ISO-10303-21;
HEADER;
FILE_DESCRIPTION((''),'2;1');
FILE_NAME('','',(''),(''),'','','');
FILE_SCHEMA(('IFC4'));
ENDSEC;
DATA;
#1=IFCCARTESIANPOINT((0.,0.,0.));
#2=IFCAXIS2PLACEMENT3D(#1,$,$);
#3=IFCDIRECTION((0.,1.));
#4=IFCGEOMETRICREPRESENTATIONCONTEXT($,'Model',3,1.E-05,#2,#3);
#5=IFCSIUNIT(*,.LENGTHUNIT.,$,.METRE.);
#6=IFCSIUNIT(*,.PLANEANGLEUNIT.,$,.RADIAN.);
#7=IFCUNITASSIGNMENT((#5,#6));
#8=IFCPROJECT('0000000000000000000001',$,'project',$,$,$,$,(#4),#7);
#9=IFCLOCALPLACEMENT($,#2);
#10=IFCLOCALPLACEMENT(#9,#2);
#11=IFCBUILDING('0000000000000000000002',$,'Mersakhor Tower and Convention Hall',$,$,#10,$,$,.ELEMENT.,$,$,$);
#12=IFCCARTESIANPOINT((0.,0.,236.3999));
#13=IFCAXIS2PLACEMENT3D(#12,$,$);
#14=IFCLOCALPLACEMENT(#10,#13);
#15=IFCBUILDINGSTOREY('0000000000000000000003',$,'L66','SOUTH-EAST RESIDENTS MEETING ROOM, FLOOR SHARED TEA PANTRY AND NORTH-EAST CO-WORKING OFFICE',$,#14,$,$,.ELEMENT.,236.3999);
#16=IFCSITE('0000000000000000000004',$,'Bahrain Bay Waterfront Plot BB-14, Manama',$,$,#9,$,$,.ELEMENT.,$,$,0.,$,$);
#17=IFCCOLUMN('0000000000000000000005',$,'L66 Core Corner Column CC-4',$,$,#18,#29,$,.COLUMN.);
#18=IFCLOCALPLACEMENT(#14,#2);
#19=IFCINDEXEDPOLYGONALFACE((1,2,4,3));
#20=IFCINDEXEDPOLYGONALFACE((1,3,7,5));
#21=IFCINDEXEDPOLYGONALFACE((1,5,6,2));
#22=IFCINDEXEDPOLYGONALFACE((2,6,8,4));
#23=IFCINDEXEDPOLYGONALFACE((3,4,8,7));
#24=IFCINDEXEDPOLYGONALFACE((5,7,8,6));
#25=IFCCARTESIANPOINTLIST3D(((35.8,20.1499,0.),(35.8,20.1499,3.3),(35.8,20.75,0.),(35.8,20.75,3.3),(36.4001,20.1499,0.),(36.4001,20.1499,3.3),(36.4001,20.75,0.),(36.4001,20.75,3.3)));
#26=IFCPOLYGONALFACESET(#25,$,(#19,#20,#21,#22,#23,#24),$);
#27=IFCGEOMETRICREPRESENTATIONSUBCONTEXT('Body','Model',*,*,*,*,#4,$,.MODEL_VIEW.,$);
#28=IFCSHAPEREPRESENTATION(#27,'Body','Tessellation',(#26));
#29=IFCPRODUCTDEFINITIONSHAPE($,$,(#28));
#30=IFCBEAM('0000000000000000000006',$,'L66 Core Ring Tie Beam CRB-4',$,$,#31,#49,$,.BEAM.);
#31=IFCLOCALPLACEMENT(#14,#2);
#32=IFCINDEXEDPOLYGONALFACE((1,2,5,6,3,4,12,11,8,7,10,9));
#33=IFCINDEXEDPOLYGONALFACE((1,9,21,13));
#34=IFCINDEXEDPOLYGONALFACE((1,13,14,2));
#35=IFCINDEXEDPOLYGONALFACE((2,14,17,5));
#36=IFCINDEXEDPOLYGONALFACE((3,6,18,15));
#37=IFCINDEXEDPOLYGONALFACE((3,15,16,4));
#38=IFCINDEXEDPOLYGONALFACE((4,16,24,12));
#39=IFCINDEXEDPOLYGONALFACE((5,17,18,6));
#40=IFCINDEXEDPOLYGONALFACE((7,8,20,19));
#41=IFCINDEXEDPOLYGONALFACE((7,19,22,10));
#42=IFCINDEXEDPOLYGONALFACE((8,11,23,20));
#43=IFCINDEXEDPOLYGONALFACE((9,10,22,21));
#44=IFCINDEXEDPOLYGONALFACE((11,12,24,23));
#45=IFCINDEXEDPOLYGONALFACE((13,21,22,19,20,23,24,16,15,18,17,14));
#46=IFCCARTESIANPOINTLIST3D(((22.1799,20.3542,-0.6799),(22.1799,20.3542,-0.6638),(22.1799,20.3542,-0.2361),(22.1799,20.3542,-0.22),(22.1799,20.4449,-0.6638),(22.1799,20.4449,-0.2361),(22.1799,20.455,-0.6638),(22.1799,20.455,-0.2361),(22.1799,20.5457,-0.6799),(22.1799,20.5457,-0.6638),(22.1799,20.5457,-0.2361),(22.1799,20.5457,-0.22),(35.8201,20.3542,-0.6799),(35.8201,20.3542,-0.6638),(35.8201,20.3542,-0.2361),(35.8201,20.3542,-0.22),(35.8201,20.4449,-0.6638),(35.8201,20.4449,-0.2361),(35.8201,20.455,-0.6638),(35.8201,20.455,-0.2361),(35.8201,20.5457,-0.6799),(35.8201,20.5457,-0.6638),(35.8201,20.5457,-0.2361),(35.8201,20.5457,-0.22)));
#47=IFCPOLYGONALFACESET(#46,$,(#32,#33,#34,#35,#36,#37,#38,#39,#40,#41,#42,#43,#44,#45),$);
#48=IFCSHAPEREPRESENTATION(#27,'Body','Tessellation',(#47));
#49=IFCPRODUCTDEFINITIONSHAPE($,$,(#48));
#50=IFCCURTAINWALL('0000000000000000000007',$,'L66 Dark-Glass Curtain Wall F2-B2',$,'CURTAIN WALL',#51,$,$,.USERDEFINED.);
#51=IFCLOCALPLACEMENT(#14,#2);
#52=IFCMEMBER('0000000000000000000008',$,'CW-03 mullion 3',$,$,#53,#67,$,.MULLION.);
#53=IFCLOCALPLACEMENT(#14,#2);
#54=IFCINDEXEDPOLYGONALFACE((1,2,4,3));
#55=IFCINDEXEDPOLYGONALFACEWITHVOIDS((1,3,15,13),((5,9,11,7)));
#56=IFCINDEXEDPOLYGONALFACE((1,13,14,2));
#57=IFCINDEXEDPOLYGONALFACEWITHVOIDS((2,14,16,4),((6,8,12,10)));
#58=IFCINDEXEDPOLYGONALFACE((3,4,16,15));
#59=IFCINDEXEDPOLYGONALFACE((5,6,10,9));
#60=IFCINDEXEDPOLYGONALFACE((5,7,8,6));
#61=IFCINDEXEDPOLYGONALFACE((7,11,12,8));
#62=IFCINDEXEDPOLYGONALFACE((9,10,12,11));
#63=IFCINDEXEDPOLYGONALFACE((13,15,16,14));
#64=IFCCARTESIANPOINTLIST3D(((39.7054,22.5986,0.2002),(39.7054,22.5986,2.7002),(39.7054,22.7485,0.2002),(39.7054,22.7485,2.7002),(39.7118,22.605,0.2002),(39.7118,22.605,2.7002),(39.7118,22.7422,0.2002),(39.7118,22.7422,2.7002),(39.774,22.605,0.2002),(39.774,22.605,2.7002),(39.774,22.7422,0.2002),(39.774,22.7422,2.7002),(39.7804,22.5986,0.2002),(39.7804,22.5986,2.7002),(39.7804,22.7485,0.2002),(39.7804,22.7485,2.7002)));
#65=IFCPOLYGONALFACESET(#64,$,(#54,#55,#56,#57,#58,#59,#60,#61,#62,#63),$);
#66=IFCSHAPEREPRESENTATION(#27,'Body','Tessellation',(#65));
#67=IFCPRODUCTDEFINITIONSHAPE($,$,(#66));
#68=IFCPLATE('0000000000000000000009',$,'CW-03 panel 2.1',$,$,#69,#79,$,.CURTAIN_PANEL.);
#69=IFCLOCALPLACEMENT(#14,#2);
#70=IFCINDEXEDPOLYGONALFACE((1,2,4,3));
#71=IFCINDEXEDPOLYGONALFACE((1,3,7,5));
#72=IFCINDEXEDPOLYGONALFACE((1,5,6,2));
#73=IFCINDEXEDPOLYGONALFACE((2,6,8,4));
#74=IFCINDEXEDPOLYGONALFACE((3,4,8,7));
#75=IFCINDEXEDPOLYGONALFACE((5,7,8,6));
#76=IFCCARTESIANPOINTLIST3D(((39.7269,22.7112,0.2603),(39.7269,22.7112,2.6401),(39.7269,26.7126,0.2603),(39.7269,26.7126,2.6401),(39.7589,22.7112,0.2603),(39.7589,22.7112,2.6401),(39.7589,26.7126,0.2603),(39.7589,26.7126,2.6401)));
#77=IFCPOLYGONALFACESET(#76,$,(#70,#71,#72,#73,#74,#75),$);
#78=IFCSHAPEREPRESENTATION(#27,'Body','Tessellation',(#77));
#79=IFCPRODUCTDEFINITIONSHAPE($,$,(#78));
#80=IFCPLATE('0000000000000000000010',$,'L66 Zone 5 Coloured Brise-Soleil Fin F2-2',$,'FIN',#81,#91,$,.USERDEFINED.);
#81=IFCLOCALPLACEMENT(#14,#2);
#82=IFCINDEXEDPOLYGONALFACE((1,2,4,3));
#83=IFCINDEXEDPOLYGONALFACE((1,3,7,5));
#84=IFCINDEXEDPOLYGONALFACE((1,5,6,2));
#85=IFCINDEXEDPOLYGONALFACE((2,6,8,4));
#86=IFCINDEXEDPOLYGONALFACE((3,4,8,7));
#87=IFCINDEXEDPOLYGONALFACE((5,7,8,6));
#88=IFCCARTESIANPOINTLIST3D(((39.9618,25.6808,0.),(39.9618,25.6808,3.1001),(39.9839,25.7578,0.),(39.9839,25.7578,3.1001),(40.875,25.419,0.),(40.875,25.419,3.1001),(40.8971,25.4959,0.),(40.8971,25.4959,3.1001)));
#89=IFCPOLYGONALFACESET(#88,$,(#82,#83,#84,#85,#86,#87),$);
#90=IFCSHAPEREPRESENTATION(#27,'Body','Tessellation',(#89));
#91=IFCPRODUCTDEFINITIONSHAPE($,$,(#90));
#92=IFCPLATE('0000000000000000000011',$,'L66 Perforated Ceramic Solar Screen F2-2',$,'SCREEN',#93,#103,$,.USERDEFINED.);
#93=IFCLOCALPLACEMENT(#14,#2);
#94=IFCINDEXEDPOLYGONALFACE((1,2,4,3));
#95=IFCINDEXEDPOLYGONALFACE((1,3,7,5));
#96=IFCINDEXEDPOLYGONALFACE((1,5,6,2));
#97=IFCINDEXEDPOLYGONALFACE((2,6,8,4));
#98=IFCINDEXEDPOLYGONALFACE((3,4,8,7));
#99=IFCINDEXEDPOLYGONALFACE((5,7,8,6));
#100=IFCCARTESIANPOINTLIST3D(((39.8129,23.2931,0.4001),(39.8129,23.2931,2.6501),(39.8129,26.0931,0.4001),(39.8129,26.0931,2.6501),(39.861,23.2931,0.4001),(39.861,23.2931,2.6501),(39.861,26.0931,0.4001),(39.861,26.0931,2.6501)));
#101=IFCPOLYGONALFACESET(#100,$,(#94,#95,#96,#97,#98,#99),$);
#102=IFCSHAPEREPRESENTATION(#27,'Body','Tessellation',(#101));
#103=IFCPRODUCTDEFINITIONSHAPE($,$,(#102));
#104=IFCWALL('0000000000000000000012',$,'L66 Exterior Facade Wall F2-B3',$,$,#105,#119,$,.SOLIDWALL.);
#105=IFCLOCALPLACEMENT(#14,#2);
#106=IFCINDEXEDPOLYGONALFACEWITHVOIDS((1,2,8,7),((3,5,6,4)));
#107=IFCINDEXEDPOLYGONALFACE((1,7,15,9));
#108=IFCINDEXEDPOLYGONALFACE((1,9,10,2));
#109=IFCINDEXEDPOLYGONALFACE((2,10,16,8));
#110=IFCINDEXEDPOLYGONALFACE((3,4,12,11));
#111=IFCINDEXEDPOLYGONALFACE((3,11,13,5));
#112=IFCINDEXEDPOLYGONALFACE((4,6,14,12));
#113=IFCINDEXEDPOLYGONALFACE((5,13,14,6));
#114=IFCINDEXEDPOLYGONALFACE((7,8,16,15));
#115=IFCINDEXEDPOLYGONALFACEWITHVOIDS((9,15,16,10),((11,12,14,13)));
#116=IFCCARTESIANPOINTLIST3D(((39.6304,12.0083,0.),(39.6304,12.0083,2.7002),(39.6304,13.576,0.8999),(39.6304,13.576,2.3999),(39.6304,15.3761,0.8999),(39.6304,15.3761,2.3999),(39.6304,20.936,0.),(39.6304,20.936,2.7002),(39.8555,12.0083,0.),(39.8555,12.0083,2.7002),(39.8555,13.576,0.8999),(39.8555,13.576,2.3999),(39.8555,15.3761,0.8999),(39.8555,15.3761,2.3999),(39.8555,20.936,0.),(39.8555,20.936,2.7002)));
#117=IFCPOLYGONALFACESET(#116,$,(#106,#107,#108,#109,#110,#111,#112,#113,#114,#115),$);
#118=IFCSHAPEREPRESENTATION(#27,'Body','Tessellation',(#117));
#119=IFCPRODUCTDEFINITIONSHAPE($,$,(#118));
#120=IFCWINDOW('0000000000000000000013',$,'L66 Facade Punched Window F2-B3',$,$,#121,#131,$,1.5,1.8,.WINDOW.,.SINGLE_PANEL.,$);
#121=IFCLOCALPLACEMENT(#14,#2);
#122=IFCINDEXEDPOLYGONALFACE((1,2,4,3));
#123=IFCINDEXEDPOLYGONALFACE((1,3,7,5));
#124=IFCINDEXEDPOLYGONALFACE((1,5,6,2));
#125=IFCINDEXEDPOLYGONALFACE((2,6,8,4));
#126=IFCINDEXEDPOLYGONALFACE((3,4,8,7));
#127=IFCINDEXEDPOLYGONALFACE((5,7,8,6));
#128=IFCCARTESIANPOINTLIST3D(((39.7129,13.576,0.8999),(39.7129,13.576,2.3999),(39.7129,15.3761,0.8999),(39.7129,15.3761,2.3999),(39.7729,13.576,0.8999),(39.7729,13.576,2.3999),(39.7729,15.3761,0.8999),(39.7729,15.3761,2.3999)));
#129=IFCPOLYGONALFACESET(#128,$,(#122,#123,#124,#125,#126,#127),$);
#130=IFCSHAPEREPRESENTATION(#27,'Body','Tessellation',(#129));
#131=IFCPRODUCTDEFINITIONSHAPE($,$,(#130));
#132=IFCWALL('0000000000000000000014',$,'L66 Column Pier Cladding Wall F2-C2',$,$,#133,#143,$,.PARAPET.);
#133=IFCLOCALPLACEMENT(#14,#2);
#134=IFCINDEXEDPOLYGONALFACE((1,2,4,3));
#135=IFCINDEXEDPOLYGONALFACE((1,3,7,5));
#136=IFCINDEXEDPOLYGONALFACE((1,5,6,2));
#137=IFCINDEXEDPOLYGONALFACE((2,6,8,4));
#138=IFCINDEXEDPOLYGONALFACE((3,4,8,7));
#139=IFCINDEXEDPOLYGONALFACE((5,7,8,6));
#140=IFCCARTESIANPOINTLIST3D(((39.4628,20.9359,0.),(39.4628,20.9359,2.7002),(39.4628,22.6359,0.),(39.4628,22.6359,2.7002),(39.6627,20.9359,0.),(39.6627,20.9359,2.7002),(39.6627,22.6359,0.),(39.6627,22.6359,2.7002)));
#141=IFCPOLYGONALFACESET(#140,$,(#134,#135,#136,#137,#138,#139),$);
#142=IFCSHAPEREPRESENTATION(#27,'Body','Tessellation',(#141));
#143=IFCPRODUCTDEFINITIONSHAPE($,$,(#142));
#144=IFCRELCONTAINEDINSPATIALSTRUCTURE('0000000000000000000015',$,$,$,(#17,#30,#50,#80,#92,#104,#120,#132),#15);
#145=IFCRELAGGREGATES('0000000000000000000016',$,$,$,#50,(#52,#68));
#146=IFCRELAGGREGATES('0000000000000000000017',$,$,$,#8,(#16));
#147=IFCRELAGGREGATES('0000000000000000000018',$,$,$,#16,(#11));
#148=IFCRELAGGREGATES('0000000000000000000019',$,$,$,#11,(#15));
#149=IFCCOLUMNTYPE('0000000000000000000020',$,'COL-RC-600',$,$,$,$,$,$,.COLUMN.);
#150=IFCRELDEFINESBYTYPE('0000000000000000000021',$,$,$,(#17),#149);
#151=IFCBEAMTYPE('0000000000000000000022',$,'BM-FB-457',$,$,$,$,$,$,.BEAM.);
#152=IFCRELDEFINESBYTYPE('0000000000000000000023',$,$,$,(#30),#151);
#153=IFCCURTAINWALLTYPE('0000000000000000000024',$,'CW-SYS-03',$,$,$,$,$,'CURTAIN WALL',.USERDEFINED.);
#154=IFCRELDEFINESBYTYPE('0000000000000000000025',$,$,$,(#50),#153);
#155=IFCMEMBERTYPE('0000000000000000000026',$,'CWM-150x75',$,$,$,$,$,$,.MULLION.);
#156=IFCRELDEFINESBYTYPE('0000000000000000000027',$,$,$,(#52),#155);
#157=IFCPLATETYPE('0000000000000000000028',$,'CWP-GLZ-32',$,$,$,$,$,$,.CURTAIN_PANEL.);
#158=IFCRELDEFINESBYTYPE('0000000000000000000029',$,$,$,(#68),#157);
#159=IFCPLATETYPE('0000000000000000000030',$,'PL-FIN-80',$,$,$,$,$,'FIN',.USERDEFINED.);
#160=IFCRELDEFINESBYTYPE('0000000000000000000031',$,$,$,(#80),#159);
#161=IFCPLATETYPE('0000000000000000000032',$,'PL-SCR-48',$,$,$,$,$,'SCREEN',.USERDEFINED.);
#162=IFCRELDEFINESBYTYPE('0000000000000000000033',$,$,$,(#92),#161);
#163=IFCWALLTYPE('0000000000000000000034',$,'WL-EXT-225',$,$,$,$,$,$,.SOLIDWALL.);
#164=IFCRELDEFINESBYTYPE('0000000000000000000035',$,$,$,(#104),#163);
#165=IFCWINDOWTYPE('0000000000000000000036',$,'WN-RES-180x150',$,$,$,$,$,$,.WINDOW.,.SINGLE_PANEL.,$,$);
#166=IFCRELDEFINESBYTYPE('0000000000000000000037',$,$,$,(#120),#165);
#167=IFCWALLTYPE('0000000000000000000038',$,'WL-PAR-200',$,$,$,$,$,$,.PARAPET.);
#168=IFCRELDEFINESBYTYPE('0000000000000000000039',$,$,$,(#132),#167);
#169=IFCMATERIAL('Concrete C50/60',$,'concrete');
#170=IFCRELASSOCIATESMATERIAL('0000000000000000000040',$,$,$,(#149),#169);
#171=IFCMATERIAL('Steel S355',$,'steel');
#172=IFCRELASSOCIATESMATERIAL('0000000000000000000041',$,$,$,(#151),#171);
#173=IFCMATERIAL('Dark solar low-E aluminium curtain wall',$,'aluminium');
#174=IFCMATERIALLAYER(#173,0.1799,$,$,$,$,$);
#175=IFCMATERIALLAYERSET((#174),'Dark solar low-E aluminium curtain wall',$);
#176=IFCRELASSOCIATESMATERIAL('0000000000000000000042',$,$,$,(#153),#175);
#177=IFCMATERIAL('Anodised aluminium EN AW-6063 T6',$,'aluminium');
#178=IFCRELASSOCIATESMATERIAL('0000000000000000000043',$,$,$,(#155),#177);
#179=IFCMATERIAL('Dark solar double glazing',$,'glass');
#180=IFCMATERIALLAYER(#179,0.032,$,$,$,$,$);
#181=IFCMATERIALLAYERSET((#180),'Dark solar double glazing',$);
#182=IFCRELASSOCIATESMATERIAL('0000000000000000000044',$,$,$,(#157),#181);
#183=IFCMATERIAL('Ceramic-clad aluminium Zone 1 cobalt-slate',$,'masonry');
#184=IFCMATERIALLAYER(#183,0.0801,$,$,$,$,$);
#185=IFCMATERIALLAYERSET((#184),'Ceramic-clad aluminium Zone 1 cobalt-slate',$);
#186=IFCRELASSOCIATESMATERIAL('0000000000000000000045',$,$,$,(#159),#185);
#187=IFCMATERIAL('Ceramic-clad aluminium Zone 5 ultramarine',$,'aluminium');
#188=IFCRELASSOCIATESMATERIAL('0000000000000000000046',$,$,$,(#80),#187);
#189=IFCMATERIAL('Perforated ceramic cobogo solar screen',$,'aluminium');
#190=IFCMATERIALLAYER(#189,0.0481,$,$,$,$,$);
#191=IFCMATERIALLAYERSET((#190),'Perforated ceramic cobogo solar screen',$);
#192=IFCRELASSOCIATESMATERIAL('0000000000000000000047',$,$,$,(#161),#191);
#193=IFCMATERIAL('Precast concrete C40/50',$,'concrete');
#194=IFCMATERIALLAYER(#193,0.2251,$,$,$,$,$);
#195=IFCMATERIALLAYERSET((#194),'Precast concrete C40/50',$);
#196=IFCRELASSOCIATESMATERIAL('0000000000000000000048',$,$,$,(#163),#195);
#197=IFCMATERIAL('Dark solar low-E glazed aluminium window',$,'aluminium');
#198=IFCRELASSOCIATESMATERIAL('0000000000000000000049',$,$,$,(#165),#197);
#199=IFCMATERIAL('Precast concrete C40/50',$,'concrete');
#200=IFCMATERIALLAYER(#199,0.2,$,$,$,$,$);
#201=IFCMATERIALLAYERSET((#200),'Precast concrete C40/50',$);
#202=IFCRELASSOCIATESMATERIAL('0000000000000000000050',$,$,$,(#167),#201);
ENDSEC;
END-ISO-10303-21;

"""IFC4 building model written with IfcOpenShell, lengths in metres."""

from ifc_helpers import new_model, si_unit, direction, frame, frame_2d, origin, origin_2d, place, context, subcontext, project, spatial, rectangle, hollow_rectangle, i_section, extrude, material, layer, layer_set, material_profile, profile_set, type_object, element, fill, aggregate, save


model = new_model("IFC4")

# Units and contexts
model_context = context("Model", 3, precision=1e-05, world=origin(), true_north=direction((0.0, 1.0)))
body_context = subcontext(model_context, "Body", "Model", "MODEL_VIEW")
ifc_project = project(units=[si_unit("LENGTHUNIT", "METRE"), si_unit("PLANEANGLEUNIT", "RADIAN")], contexts=[model_context])

# Site, building, storey
site_placement = place(None, origin())
site = spatial("IfcSite", under=ifc_project, at=site_placement, Name="Bahrain Bay Waterfront Plot BB-14, Manama", CompositionType="ELEMENT", RefElevation=0.0)
building_placement = place(site_placement, origin())
building = spatial("IfcBuilding", under=site, at=building_placement, Name="Mersakhor Tower and Convention Hall", CompositionType="ELEMENT")
storey_placement = place(building_placement, frame((0.0, 0.0, 236.3999)))
storey = spatial("IfcBuildingStorey", under=building, at=storey_placement, Name="L66", Description="SOUTH-EAST RESIDENTS MEETING ROOM, FLOOR SHARED TEA PANTRY AND NORTH-EAST CO-WORKING OFFICE", CompositionType="ELEMENT", Elevation=236.3999)

# Column
ifc_material_1 = material(Name="Concrete C50/60", Category="concrete")
ifc_material_profile_1 = material_profile(ifc_material_1, rectangle(XDim=0.6001, YDim=0.6001, at=origin_2d()), Name="RC 600x600")
ifc_profile_set_1 = profile_set([ifc_material_profile_1], Name="Concrete C50/60")
column_type = type_object("IfcColumnType", Name="COL-RC-600", PredefinedType="COLUMN", material=ifc_profile_set_1)
column_placement = place(storey_placement, frame((36.1001, 20.45, 0.0), z_axis=(0.0, 0.0, 1.0), x_axis=(1.0, 0.0, 0.0)))
element("IfcColumn", 1, at=column_placement, inside=storey, type_object=column_type, Name="L66 Core Corner Column CC-4", PredefinedType="COLUMN", context=body_context, shape_type="SweptSolid", body=[
    extrude(rectangle(XDim=0.6001, YDim=0.6001, at=origin_2d()), origin(), (0.0, 0.0, 1.0), 3.3),
])

# Beam
ifc_material_2 = material(Name="Steel S355", Category="steel")
ifc_material_profile_2 = material_profile(ifc_material_2, i_section(OverallWidth=0.1914, OverallDepth=0.46, WebThickness=0.01, FlangeThickness=0.0161, at=origin_2d()), Name="UB 457x191x82")
ifc_profile_set_2 = profile_set([ifc_material_profile_2], Name="Steel S355")
beam_type = type_object("IfcBeamType", Name="BM-FB-457", PredefinedType="BEAM", material=ifc_profile_set_2)
beam_placement = place(storey_placement, frame((35.8201, 20.45, -0.45), z_axis=(-1.0, 0.0, 0.0), x_axis=(0.0, -1.0, 0.0)))
element("IfcBeam", 2, at=beam_placement, inside=storey, type_object=beam_type, Name="L66 Core Ring Tie Beam CRB-4", PredefinedType="BEAM", context=body_context, shape_type="SweptSolid", body=[
    extrude(i_section(OverallWidth=0.1914, OverallDepth=0.46, WebThickness=0.01, FlangeThickness=0.0161, at=origin_2d()), origin(), (0.0, 0.0, 1.0), 13.6401),
])

# Curtain wall, member, plate
ifc_material_3 = material(Name="Dark solar low-E aluminium curtain wall", Category="aluminium")
ifc_layer_1 = layer(ifc_material_3, 0.1799)
ifc_layer_set_1 = layer_set([ifc_layer_1], Name="Dark solar low-E aluminium curtain wall")
curtain_wall_type = type_object("IfcCurtainWallType", Name="CW-SYS-03", ElementType="CURTAIN WALL", PredefinedType="USERDEFINED", material=ifc_layer_set_1)
curtain_wall_placement = place(storey_placement, origin())
curtain_wall = element("IfcCurtainWall", 3, at=curtain_wall_placement, inside=storey, type_object=curtain_wall_type, Name="L66 Dark-Glass Curtain Wall F2-B2", ObjectType="CURTAIN WALL", PredefinedType="USERDEFINED")
ifc_material_4 = material(Name="Anodised aluminium EN AW-6063 T6", Category="aluminium")
ifc_material_profile_3 = material_profile(ifc_material_4, hollow_rectangle(XDim=0.075, YDim=0.1499, WallThickness=0.0063, at=origin_2d()), Name="RHS 150x75x6.3")
ifc_profile_set_3 = profile_set([ifc_material_profile_3], Name="Anodised aluminium EN AW-6063 T6")
member_type = type_object("IfcMemberType", Name="CWM-150x75", PredefinedType="MULLION", material=ifc_profile_set_3)
member_placement = place(storey_placement, frame((39.7429, 22.6736, 0.2002), z_axis=(0.0, 0.0, 1.0), x_axis=(1.0, 0.0, 0.0)))
member = element("IfcMember", 4, at=member_placement, type_object=member_type, Name="CW-03 mullion 3", PredefinedType="MULLION", context=body_context, shape_type="SweptSolid", body=[
    extrude(hollow_rectangle(XDim=0.075, YDim=0.1499, WallThickness=0.0063, at=origin_2d()), origin(), (0.0, 0.0, 1.0), 2.5),
])
ifc_material_5 = material(Name="Dark solar double glazing", Category="glass")
ifc_layer_2 = layer(ifc_material_5, 0.032)
ifc_layer_set_2 = layer_set([ifc_layer_2], Name="Dark solar double glazing")
plate_type_1 = type_object("IfcPlateType", Name="CWP-GLZ-32", PredefinedType="CURTAIN_PANEL", material=ifc_layer_set_2)
plate_1_placement = place(storey_placement, frame((39.7429, 24.7119, 0.2603), z_axis=(0.0, 0.0, 1.0), x_axis=(0.0, -1.0, 0.0)))
plate_1 = element("IfcPlate", 5, at=plate_1_placement, type_object=plate_type_1, Name="CW-03 panel 2.1", PredefinedType="CURTAIN_PANEL", context=body_context, shape_type="SweptSolid", body=[
    extrude(rectangle(XDim=4.0015, YDim=0.032, at=origin_2d()), origin(), (0.0, 0.0, 1.0), 2.3799),
])
aggregate(curtain_wall, [member, plate_1])

# Plates
ifc_material_6 = material(Name="Ceramic-clad aluminium Zone 5 ultramarine", Category="aluminium")
ifc_material_7 = material(Name="Ceramic-clad aluminium Zone 1 cobalt-slate", Category="masonry")
ifc_layer_3 = layer(ifc_material_7, 0.0801)
ifc_layer_set_3 = layer_set([ifc_layer_3], Name="Ceramic-clad aluminium Zone 1 cobalt-slate")
plate_type_2 = type_object("IfcPlateType", Name="PL-FIN-80", ElementType="FIN", PredefinedType="USERDEFINED", material=ifc_layer_set_3)
plate_2_placement = place(storey_placement, frame((40.4294, 25.5884, 0.0), z_axis=(0.0, 0.0, 1.0), x_axis=(0.961262, -0.275637, 0.0)))
element("IfcPlate", 6, at=plate_2_placement, inside=storey, type_object=plate_type_2, material=ifc_material_6, Name="L66 Zone 5 Coloured Brise-Soleil Fin F2-2", ObjectType="FIN", PredefinedType="USERDEFINED", context=body_context, shape_type="SweptSolid", body=[
    extrude(rectangle(XDim=0.95, YDim=0.0801, at=origin_2d()), origin(), (0.0, 0.0, 1.0), 3.1001),
])
ifc_material_8 = material(Name="Perforated ceramic cobogo solar screen", Category="aluminium")
ifc_layer_4 = layer(ifc_material_8, 0.0481)
ifc_layer_set_4 = layer_set([ifc_layer_4], Name="Perforated ceramic cobogo solar screen")
plate_type_3 = type_object("IfcPlateType", Name="PL-SCR-48", ElementType="SCREEN", PredefinedType="USERDEFINED", material=ifc_layer_set_4)
plate_3_placement = place(storey_placement, frame((39.8369, 24.6931, 0.4001), z_axis=(0.0, 0.0, 1.0), x_axis=(0.0, -1.0, 0.0)))
element("IfcPlate", 7, at=plate_3_placement, inside=storey, type_object=plate_type_3, Name="L66 Perforated Ceramic Solar Screen F2-2", ObjectType="SCREEN", PredefinedType="USERDEFINED", context=body_context, shape_type="SweptSolid", body=[
    extrude(rectangle(XDim=2.8, YDim=0.0481, at=origin_2d()), origin(), (0.0, 0.0, 1.0), 2.25),
])

# Wall, opening, window
ifc_material_9 = material(Name="Precast concrete C40/50", Category="concrete")
ifc_layer_5 = layer(ifc_material_9, 0.2251)
ifc_layer_set_5 = layer_set([ifc_layer_5], Name="Precast concrete C40/50")
wall_type_1 = type_object("IfcWallType", Name="WL-EXT-225", PredefinedType="SOLIDWALL", material=ifc_layer_set_5)
wall_1_placement = place(storey_placement, frame((39.7429, 20.936, 0.0), z_axis=(0.0, 0.0, 1.0), x_axis=(0.0, -1.0, 0.0)))
wall_1 = element("IfcWall", 8, at=wall_1_placement, inside=storey, type_object=wall_type_1, Name="L66 Exterior Facade Wall F2-B3", PredefinedType="SOLIDWALL", context=body_context, shape_type="SweptSolid", body=[
    extrude(rectangle(XDim=8.9277, YDim=0.2251, at=frame_2d((4.4639, 0.0))), origin(), (0.0, 0.0, 1.0), 2.7002),
])
opening_1_placement = place(wall_1_placement, frame((5.5601, 0.0, 0.8999)))
opening_1 = element("IfcOpeningElement", 9, at=opening_1_placement, cuts=wall_1, PredefinedType="OPENING", context=body_context, shape_type="SweptSolid", body=[
    extrude(rectangle(XDim=1.8, YDim=1.5, at=frame_2d((0.8999, 0.75))), frame((0.0, 0.1226, 0.0), z_axis=(0.0, -1.0, 0.0), x_axis=(1.0, 0.0, 0.0)), (0.0, 0.0, 1.0), 0.2451),
])
ifc_material_10 = material(Name="Dark solar low-E glazed aluminium window", Category="aluminium")
window_type = type_object("IfcWindowType", Name="WN-RES-180x150", PartitioningType="SINGLE_PANEL", PredefinedType="WINDOW", material=ifc_material_10)
window_placement = place(opening_1_placement, origin())
window = element("IfcWindow", 10, at=window_placement, inside=storey, type_object=window_type, Name="L66 Facade Punched Window F2-B3", OverallHeight=1.5, OverallWidth=1.8, PartitioningType="SINGLE_PANEL", PredefinedType="WINDOW", context=body_context, shape_type="SweptSolid", body=[
    extrude(rectangle(XDim=1.8, YDim=1.5, at=frame_2d((0.8999, 0.75))), frame((0.0, 0.03, 0.0), z_axis=(0.0, -1.0, 0.0), x_axis=(1.0, 0.0, 0.0)), (0.0, 0.0, 1.0), 0.0601),
])
fill(opening_1, window)

# Wall
ifc_material_11 = material(Name="Precast concrete C40/50", Category="concrete")
ifc_layer_6 = layer(ifc_material_11, 0.2)
ifc_layer_set_6 = layer_set([ifc_layer_6], Name="Precast concrete C40/50")
wall_type_2 = type_object("IfcWallType", Name="WL-PAR-200", PredefinedType="PARAPET", material=ifc_layer_set_6)
wall_2_placement = place(storey_placement, frame((39.5627, 22.636, 0.0), z_axis=(0.0, 0.0, 1.0), x_axis=(0.0, -1.0, 0.0)))
element("IfcWall", 11, at=wall_2_placement, inside=storey, type_object=wall_type_2, Name="L66 Column Pier Cladding Wall F2-C2", PredefinedType="PARAPET", context=body_context, shape_type="SweptSolid", body=[
    extrude(rectangle(XDim=1.7, YDim=0.2, at=frame_2d((0.8501, 0.0))), origin(), (0.0, 0.0, 1.0), 2.7002),
])

save(model, "model.ifc")
